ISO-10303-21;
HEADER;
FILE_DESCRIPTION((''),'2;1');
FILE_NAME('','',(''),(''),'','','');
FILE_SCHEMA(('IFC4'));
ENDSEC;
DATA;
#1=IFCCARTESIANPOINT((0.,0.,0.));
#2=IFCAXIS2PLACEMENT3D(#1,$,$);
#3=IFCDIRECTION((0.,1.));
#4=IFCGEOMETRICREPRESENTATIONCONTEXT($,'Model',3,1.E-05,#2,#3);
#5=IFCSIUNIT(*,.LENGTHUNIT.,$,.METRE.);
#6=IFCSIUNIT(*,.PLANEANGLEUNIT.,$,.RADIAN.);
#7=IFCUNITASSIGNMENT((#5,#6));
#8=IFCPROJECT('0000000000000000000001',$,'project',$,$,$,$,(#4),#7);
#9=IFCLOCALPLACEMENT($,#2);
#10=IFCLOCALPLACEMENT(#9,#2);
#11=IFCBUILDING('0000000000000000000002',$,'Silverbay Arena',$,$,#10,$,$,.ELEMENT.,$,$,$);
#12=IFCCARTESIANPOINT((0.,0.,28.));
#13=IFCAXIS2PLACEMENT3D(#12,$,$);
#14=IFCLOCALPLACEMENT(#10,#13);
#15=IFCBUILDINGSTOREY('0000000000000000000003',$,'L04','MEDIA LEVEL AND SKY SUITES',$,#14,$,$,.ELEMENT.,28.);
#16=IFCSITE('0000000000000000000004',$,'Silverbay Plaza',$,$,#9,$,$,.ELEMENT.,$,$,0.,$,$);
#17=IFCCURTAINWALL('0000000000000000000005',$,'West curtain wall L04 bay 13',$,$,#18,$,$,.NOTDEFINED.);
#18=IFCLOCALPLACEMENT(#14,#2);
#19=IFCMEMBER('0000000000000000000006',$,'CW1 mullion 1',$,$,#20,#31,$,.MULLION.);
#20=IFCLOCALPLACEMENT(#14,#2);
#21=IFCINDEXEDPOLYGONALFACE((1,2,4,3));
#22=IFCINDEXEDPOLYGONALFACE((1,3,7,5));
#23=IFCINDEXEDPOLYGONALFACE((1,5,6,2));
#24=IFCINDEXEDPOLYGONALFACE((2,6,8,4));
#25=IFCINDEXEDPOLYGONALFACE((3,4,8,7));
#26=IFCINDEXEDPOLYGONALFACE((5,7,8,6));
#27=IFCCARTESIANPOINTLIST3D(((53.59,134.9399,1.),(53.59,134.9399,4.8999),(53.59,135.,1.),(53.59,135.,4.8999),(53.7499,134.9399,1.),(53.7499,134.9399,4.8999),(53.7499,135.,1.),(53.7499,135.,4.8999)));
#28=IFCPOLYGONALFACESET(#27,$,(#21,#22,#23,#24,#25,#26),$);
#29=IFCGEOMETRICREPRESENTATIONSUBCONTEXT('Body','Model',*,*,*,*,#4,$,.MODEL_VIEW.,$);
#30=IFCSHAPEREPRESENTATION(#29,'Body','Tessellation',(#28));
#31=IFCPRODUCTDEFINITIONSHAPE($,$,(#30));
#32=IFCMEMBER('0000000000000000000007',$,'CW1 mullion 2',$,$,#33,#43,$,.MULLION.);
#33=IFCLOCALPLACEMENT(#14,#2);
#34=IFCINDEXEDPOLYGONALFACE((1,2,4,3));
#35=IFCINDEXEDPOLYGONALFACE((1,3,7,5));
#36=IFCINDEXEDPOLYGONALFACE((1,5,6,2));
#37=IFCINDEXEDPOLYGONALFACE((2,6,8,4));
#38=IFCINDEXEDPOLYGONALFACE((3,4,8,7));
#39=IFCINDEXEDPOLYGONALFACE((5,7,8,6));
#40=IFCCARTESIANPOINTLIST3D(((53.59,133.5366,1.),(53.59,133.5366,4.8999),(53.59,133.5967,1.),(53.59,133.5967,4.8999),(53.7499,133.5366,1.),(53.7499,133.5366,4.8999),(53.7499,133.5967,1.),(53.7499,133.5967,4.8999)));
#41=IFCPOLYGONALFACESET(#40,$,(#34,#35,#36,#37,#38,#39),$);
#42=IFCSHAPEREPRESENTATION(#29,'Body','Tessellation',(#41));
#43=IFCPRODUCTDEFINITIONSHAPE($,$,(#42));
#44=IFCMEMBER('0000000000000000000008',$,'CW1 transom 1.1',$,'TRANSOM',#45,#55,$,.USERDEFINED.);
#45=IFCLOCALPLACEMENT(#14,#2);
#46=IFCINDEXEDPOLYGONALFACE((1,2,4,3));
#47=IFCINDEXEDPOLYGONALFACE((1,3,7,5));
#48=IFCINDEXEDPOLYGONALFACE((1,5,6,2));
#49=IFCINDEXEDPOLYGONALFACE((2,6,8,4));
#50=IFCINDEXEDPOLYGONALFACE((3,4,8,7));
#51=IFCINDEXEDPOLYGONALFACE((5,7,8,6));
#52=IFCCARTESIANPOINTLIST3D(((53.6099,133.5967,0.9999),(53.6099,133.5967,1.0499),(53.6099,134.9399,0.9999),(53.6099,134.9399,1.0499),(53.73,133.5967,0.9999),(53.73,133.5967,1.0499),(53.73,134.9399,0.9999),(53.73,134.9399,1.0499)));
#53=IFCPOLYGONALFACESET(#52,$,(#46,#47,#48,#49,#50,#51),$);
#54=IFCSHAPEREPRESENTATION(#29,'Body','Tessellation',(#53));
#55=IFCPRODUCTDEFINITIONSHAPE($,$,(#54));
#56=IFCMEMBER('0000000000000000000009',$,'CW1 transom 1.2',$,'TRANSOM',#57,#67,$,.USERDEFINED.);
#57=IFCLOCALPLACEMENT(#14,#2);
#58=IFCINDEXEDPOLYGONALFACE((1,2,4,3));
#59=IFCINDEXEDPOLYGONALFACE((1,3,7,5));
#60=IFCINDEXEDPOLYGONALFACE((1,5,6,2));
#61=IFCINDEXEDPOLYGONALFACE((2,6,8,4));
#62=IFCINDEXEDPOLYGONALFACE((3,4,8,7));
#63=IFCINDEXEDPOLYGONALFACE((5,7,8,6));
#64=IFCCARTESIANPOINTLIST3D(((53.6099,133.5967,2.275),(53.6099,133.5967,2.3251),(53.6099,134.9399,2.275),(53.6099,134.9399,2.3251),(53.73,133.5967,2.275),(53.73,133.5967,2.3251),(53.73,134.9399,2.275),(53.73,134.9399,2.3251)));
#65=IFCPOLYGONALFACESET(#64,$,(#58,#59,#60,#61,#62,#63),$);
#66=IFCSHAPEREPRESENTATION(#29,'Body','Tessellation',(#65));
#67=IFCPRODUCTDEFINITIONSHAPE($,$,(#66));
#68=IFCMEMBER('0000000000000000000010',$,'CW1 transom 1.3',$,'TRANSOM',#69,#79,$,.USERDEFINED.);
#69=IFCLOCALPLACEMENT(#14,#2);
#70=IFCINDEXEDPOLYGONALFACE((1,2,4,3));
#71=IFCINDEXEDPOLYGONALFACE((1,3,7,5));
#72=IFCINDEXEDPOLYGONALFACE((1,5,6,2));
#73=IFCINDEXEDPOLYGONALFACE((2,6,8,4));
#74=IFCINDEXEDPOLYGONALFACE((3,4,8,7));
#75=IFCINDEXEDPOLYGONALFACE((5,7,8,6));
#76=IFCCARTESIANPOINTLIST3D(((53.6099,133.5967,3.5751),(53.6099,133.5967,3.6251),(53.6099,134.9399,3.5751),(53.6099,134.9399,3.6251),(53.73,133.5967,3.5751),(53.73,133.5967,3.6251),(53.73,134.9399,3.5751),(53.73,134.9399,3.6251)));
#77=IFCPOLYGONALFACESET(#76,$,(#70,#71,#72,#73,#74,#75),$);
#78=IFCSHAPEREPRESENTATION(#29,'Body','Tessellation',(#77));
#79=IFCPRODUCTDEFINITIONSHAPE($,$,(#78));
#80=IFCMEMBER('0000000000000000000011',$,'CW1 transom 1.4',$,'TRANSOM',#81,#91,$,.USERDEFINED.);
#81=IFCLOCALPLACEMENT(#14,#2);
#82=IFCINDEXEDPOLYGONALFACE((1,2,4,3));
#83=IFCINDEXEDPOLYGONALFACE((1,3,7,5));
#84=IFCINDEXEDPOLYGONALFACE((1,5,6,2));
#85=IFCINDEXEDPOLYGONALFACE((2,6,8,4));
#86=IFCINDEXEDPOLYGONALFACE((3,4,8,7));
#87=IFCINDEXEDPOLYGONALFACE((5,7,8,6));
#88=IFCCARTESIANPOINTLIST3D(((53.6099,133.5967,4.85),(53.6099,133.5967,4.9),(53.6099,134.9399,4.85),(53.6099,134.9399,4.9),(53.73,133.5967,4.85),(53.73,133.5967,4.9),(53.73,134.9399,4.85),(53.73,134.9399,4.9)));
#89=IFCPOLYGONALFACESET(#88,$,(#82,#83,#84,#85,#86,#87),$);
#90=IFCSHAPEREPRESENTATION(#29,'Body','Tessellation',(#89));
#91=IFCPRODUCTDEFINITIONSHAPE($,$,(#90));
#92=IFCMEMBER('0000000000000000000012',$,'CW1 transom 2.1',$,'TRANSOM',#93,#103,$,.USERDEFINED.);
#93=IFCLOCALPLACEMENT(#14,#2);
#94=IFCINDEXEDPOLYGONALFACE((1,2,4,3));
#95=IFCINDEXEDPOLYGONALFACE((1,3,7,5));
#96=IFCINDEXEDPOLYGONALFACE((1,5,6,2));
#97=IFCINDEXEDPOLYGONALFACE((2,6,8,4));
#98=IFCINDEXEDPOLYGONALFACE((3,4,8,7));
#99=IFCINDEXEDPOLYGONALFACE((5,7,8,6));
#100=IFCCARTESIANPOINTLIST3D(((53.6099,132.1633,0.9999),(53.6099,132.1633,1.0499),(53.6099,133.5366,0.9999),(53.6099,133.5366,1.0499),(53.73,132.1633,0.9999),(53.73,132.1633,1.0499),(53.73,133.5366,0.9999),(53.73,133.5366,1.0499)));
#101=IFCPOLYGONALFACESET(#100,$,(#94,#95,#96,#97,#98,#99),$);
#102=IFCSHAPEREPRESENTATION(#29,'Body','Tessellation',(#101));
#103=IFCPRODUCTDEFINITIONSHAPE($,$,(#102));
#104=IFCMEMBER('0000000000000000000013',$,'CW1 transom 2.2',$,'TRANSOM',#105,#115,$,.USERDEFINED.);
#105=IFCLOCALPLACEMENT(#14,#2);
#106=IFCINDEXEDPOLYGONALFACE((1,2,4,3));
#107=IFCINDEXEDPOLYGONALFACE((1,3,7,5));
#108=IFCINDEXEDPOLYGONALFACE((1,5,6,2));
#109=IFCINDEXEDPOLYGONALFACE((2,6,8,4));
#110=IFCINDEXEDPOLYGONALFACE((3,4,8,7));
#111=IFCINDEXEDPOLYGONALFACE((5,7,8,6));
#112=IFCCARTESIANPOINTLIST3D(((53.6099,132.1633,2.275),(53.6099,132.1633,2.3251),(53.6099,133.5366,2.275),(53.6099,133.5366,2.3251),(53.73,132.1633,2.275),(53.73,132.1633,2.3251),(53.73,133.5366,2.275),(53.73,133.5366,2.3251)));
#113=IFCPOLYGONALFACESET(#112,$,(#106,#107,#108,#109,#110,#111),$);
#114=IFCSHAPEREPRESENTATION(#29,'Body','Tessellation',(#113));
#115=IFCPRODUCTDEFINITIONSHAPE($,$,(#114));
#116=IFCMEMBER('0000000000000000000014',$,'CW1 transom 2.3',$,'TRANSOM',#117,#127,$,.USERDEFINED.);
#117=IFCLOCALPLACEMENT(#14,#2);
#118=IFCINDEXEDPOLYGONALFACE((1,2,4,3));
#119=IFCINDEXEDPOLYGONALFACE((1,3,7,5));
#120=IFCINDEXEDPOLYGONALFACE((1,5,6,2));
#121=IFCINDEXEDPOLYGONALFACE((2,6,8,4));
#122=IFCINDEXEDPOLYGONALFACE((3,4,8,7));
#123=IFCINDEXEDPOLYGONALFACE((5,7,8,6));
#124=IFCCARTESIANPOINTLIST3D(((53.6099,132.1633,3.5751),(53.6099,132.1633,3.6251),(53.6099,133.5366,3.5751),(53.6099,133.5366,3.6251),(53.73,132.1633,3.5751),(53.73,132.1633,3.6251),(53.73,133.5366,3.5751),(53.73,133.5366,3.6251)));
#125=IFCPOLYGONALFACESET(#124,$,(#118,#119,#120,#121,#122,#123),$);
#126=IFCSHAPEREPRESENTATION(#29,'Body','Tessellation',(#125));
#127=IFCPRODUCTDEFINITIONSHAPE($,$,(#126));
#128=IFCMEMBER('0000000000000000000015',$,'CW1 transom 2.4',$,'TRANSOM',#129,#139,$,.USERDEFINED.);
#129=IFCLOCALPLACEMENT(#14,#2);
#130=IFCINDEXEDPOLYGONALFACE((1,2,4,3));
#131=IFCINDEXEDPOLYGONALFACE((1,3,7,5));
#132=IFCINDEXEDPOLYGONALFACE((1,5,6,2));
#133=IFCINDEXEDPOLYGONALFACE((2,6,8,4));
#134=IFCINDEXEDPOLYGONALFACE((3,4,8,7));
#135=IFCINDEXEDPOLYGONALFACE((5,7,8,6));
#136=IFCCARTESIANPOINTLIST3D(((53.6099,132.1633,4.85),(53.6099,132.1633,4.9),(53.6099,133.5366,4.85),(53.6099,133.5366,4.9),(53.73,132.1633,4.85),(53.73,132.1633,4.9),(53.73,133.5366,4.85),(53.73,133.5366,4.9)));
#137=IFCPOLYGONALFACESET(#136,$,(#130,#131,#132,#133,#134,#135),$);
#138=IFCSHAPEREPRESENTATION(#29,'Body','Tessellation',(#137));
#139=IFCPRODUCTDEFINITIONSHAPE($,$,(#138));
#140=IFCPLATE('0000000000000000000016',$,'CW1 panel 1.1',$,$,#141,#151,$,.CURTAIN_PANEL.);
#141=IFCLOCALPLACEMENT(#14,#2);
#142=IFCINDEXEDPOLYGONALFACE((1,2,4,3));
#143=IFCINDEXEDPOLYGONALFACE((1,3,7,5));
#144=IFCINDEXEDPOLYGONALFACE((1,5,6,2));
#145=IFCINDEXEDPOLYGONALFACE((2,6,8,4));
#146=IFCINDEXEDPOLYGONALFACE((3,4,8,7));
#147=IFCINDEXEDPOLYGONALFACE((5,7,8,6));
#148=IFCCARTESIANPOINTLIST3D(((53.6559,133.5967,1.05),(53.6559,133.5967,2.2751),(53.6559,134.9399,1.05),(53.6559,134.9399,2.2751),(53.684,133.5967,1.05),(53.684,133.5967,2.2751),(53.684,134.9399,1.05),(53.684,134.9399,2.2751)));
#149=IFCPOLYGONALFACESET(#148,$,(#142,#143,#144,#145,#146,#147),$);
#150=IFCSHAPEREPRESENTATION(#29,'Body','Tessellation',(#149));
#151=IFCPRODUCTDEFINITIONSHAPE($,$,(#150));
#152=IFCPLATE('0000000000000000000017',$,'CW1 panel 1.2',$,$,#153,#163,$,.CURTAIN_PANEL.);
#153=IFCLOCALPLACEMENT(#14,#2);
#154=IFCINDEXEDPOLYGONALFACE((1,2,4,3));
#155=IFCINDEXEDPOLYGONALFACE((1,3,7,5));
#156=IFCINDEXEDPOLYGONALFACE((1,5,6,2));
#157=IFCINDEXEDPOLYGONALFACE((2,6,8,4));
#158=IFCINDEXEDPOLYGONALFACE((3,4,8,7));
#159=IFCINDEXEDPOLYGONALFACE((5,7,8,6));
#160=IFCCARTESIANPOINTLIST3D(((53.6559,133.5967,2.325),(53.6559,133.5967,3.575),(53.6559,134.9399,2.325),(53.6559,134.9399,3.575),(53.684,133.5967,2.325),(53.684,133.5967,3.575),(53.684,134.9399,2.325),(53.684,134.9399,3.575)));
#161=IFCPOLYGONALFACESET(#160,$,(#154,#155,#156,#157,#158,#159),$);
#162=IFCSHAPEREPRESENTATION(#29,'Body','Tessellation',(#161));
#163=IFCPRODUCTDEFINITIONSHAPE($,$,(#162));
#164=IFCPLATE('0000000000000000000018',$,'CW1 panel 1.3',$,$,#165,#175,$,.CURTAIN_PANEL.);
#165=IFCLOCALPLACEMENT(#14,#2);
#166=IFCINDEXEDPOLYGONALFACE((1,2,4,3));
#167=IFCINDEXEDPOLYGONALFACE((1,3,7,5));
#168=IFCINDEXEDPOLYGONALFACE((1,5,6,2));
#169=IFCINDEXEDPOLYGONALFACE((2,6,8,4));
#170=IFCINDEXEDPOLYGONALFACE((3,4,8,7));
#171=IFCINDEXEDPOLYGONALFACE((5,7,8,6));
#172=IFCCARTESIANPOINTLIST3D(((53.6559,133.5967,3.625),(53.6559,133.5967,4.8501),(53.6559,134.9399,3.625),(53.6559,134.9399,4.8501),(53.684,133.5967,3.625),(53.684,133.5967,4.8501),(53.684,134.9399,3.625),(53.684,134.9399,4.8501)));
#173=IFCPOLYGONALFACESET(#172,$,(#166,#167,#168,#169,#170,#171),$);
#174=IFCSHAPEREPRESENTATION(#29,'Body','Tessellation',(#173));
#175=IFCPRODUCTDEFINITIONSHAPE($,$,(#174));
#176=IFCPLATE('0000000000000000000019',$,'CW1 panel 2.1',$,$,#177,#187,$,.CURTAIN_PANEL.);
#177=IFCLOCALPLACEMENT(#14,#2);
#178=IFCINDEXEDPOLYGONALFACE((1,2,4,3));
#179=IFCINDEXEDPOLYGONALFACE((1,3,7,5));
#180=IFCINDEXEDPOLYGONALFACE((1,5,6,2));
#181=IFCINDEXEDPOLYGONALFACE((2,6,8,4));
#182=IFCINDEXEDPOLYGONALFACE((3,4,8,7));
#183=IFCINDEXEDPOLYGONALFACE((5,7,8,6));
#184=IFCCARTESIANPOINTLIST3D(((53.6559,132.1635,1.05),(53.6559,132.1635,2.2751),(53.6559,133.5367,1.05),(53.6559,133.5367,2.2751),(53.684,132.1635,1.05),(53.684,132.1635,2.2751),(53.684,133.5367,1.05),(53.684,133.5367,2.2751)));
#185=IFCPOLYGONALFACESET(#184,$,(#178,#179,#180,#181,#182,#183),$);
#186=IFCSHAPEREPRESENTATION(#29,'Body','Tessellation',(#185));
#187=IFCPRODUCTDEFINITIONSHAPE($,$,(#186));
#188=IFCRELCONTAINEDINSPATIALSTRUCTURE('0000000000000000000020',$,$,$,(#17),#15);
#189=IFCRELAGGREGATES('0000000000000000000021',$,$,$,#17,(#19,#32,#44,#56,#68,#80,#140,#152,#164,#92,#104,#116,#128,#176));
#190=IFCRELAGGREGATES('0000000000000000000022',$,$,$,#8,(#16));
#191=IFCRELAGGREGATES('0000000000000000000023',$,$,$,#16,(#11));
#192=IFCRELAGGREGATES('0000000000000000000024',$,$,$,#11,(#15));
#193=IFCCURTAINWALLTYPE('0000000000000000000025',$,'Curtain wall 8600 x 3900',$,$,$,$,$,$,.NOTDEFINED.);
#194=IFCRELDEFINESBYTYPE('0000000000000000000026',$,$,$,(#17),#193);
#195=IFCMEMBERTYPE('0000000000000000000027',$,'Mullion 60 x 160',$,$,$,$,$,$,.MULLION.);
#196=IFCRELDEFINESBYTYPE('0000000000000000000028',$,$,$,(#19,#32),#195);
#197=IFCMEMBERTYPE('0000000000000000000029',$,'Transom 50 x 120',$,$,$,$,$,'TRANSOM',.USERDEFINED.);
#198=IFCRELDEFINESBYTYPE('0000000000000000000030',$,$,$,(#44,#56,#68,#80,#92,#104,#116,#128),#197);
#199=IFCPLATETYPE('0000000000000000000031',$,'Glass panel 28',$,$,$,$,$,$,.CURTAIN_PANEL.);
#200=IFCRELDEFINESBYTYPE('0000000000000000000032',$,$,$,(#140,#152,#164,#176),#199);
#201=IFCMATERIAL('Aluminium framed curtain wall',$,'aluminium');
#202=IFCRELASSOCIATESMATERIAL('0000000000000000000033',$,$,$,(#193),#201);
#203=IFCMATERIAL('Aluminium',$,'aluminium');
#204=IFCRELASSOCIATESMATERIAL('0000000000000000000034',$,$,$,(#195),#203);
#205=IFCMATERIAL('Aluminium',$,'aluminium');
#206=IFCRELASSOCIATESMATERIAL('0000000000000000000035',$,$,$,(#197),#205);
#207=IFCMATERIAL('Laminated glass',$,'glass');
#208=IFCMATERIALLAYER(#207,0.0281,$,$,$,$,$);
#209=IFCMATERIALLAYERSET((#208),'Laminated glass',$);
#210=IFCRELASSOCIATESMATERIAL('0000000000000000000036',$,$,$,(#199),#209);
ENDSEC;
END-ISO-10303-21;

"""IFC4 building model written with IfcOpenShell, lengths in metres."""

from ifc_helpers import new_model, si_unit, direction, frame, origin, origin_2d, place, context, subcontext, project, spatial, rectangle, extrude, material, layer, layer_set, material_profile, profile_set, type_object, element, aggregate, save


model = new_model("IFC4")

# Units and contexts
model_context = context("Model", 3, precision=1e-05, world=origin(), true_north=direction((0.0, 1.0)))
body_context = subcontext(model_context, "Body", "Model", "MODEL_VIEW")
ifc_project = project(units=[si_unit("LENGTHUNIT", "METRE"), si_unit("PLANEANGLEUNIT", "RADIAN")], contexts=[model_context])

# Site, building, storey
site_placement = place(None, origin())
site = spatial("IfcSite", under=ifc_project, at=site_placement, Name="Silverbay Plaza", CompositionType="ELEMENT", RefElevation=0.0)
building_placement = place(site_placement, origin())
building = spatial("IfcBuilding", under=site, at=building_placement, Name="Silverbay Arena", CompositionType="ELEMENT")
storey_placement = place(building_placement, frame((0.0, 0.0, 28.0)))
storey = spatial("IfcBuildingStorey", under=building, at=storey_placement, Name="L04", Description="MEDIA LEVEL AND SKY SUITES", CompositionType="ELEMENT", Elevation=28.0)

# Curtain wall, members, plates
ifc_material_1 = material(Name="Aluminium framed curtain wall", Category="aluminium")
curtain_wall_type = type_object("IfcCurtainWallType", Name="Curtain wall 8600 x 3900", PredefinedType="NOTDEFINED", material=ifc_material_1)
curtain_wall_placement = place(storey_placement, origin())
curtain_wall = element("IfcCurtainWall", 1, at=curtain_wall_placement, inside=storey, type_object=curtain_wall_type, Name="West curtain wall L04 bay 13", PredefinedType="NOTDEFINED")
ifc_material_2 = material(Name="Aluminium", Category="aluminium")
ifc_material_profile_1 = material_profile(ifc_material_2, rectangle(XDim=0.1599, YDim=0.0601, at=origin_2d()), Name="Mullion 60 x 160")
ifc_profile_set_1 = profile_set([ifc_material_profile_1], Name="Aluminium")
member_type_1 = type_object("IfcMemberType", Name="Mullion 60 x 160", PredefinedType="MULLION", material=ifc_profile_set_1)
member_1_placement = place(storey_placement, frame((53.6699, 134.97, 1.0), z_axis=(0.0, 0.0, 1.0), x_axis=(1.0, 0.0, 0.0)))
member_1 = element("IfcMember", 2, at=member_1_placement, type_object=member_type_1, Name="CW1 mullion 1", PredefinedType="MULLION", context=body_context, shape_type="SweptSolid", body=[
    extrude(rectangle(XDim=0.1599, YDim=0.0601, at=origin_2d()), origin(), (0.0, 0.0, 1.0), 3.8999),
])
member_2_placement = place(storey_placement, frame((53.6699, 133.5667, 1.0), z_axis=(0.0, 0.0, 1.0), x_axis=(1.0, 0.0, 0.0)))
member_2 = element("IfcMember", 3, at=member_2_placement, type_object=member_type_1, Name="CW1 mullion 2", PredefinedType="MULLION", context=body_context, shape_type="SweptSolid", body=[
    extrude(rectangle(XDim=0.1599, YDim=0.0601, at=origin_2d()), origin(), (0.0, 0.0, 1.0), 3.8999),
])
ifc_material_3 = material(Name="Aluminium", Category="aluminium")
ifc_material_profile_2 = material_profile(ifc_material_3, rectangle(XDim=0.1201, YDim=0.05, at=origin_2d()), Name="Transom 50 x 120")
ifc_profile_set_2 = profile_set([ifc_material_profile_2], Name="Aluminium")
member_type_2 = type_object("IfcMemberType", Name="Transom 50 x 120", ElementType="TRANSOM", PredefinedType="USERDEFINED", material=ifc_profile_set_2)
member_3_placement = place(storey_placement, frame((53.6699, 134.9399, 1.0249), z_axis=(0.0, -1.0, 0.0), x_axis=(1.0, 0.0, 0.0)))
member_3 = element("IfcMember", 4, at=member_3_placement, type_object=member_type_2, Name="CW1 transom 1.1", ObjectType="TRANSOM", PredefinedType="USERDEFINED", context=body_context, shape_type="SweptSolid", body=[
    extrude(rectangle(XDim=0.1201, YDim=0.05, at=origin_2d()), origin(), (0.0, 0.0, 1.0), 1.3433),
])
member_4_placement = place(storey_placement, frame((53.6699, 134.9399, 2.3), z_axis=(0.0, -1.0, 0.0), x_axis=(1.0, 0.0, 0.0)))
member_4 = element("IfcMember", 5, at=member_4_placement, type_object=member_type_2, Name="CW1 transom 1.2", ObjectType="TRANSOM", PredefinedType="USERDEFINED", context=body_context, shape_type="SweptSolid", body=[
    extrude(rectangle(XDim=0.1201, YDim=0.05, at=origin_2d()), origin(), (0.0, 0.0, 1.0), 1.3433),
])
member_5_placement = place(storey_placement, frame((53.6699, 134.9399, 3.6001), z_axis=(0.0, -1.0, 0.0), x_axis=(1.0, 0.0, 0.0)))
member_5 = element("IfcMember", 6, at=member_5_placement, type_object=member_type_2, Name="CW1 transom 1.3", ObjectType="TRANSOM", PredefinedType="USERDEFINED", context=body_context, shape_type="SweptSolid", body=[
    extrude(rectangle(XDim=0.1201, YDim=0.05, at=origin_2d()), origin(), (0.0, 0.0, 1.0), 1.3433),
])
member_6_placement = place(storey_placement, frame((53.6699, 134.9399, 4.875), z_axis=(0.0, -1.0, 0.0), x_axis=(1.0, 0.0, 0.0)))
member_6 = element("IfcMember", 7, at=member_6_placement, type_object=member_type_2, Name="CW1 transom 1.4", ObjectType="TRANSOM", PredefinedType="USERDEFINED", context=body_context, shape_type="SweptSolid", body=[
    extrude(rectangle(XDim=0.1201, YDim=0.05, at=origin_2d()), origin(), (0.0, 0.0, 1.0), 1.3433),
])
member_7_placement = place(storey_placement, frame((53.6699, 133.5366, 1.0249), z_axis=(0.0, -1.0, 0.0), x_axis=(1.0, 0.0, 0.0)))
member_7 = element("IfcMember", 8, at=member_7_placement, type_object=member_type_2, Name="CW1 transom 2.1", ObjectType="TRANSOM", PredefinedType="USERDEFINED", context=body_context, shape_type="SweptSolid", body=[
    extrude(rectangle(XDim=0.1201, YDim=0.05, at=origin_2d()), origin(), (0.0, 0.0, 1.0), 1.3733),
])
member_8_placement = place(storey_placement, frame((53.6699, 133.5366, 2.3), z_axis=(0.0, -1.0, 0.0), x_axis=(1.0, 0.0, 0.0)))
member_8 = element("IfcMember", 9, at=member_8_placement, type_object=member_type_2, Name="CW1 transom 2.2", ObjectType="TRANSOM", PredefinedType="USERDEFINED", context=body_context, shape_type="SweptSolid", body=[
    extrude(rectangle(XDim=0.1201, YDim=0.05, at=origin_2d()), origin(), (0.0, 0.0, 1.0), 1.3733),
])
member_9_placement = place(storey_placement, frame((53.6699, 133.5366, 3.6001), z_axis=(0.0, -1.0, 0.0), x_axis=(1.0, 0.0, 0.0)))
member_9 = element("IfcMember", 10, at=member_9_placement, type_object=member_type_2, Name="CW1 transom 2.3", ObjectType="TRANSOM", PredefinedType="USERDEFINED", context=body_context, shape_type="SweptSolid", body=[
    extrude(rectangle(XDim=0.1201, YDim=0.05, at=origin_2d()), origin(), (0.0, 0.0, 1.0), 1.3733),
])
member_10_placement = place(storey_placement, frame((53.6699, 133.5366, 4.875), z_axis=(0.0, -1.0, 0.0), x_axis=(1.0, 0.0, 0.0)))
member_10 = element("IfcMember", 11, at=member_10_placement, type_object=member_type_2, Name="CW1 transom 2.4", ObjectType="TRANSOM", PredefinedType="USERDEFINED", context=body_context, shape_type="SweptSolid", body=[
    extrude(rectangle(XDim=0.1201, YDim=0.05, at=origin_2d()), origin(), (0.0, 0.0, 1.0), 1.3733),
])
ifc_material_4 = material(Name="Laminated glass", Category="glass")
ifc_layer_1 = layer(ifc_material_4, 0.0281)
ifc_layer_set_1 = layer_set([ifc_layer_1], Name="Laminated glass")
plate_type = type_object("IfcPlateType", Name="Glass panel 28", PredefinedType="CURTAIN_PANEL", material=ifc_layer_set_1)
plate_1_placement = place(storey_placement, frame((53.6699, 134.2683, 1.05), z_axis=(0.0, 0.0, 1.0), x_axis=(0.0, -1.0, 0.0)))
plate_1 = element("IfcPlate", 12, at=plate_1_placement, type_object=plate_type, Name="CW1 panel 1.1", PredefinedType="CURTAIN_PANEL", context=body_context, shape_type="SweptSolid", body=[
    extrude(rectangle(XDim=1.3433, YDim=0.0281, at=origin_2d()), origin(), (0.0, 0.0, 1.0), 1.2251),
])
plate_2_placement = place(storey_placement, frame((53.6699, 134.2683, 2.325), z_axis=(0.0, 0.0, 1.0), x_axis=(0.0, -1.0, 0.0)))
plate_2 = element("IfcPlate", 13, at=plate_2_placement, type_object=plate_type, Name="CW1 panel 1.2", PredefinedType="CURTAIN_PANEL", context=body_context, shape_type="SweptSolid", body=[
    extrude(rectangle(XDim=1.3433, YDim=0.0281, at=origin_2d()), origin(), (0.0, 0.0, 1.0), 1.25),
])
plate_3_placement = place(storey_placement, frame((53.6699, 134.2683, 3.625), z_axis=(0.0, 0.0, 1.0), x_axis=(0.0, -1.0, 0.0)))
plate_3 = element("IfcPlate", 14, at=plate_3_placement, type_object=plate_type, Name="CW1 panel 1.3", PredefinedType="CURTAIN_PANEL", context=body_context, shape_type="SweptSolid", body=[
    extrude(rectangle(XDim=1.3433, YDim=0.0281, at=origin_2d()), origin(), (0.0, 0.0, 1.0), 1.2251),
])
plate_4_placement = place(storey_placement, frame((53.6699, 132.8501, 1.05), z_axis=(0.0, 0.0, 1.0), x_axis=(0.0, -1.0, 0.0)))
plate_4 = element("IfcPlate", 15, at=plate_4_placement, type_object=plate_type, Name="CW1 panel 2.1", PredefinedType="CURTAIN_PANEL", context=body_context, shape_type="SweptSolid", body=[
    extrude(rectangle(XDim=1.3733, YDim=0.0281, at=origin_2d()), origin(), (0.0, 0.0, 1.0), 1.2251),
])
aggregate(curtain_wall, [member_1, member_2, member_3, member_4, member_5, member_6, plate_1, plate_2, plate_3, member_7, member_8, member_9, member_10, plate_4])

save(model, "model.ifc")
